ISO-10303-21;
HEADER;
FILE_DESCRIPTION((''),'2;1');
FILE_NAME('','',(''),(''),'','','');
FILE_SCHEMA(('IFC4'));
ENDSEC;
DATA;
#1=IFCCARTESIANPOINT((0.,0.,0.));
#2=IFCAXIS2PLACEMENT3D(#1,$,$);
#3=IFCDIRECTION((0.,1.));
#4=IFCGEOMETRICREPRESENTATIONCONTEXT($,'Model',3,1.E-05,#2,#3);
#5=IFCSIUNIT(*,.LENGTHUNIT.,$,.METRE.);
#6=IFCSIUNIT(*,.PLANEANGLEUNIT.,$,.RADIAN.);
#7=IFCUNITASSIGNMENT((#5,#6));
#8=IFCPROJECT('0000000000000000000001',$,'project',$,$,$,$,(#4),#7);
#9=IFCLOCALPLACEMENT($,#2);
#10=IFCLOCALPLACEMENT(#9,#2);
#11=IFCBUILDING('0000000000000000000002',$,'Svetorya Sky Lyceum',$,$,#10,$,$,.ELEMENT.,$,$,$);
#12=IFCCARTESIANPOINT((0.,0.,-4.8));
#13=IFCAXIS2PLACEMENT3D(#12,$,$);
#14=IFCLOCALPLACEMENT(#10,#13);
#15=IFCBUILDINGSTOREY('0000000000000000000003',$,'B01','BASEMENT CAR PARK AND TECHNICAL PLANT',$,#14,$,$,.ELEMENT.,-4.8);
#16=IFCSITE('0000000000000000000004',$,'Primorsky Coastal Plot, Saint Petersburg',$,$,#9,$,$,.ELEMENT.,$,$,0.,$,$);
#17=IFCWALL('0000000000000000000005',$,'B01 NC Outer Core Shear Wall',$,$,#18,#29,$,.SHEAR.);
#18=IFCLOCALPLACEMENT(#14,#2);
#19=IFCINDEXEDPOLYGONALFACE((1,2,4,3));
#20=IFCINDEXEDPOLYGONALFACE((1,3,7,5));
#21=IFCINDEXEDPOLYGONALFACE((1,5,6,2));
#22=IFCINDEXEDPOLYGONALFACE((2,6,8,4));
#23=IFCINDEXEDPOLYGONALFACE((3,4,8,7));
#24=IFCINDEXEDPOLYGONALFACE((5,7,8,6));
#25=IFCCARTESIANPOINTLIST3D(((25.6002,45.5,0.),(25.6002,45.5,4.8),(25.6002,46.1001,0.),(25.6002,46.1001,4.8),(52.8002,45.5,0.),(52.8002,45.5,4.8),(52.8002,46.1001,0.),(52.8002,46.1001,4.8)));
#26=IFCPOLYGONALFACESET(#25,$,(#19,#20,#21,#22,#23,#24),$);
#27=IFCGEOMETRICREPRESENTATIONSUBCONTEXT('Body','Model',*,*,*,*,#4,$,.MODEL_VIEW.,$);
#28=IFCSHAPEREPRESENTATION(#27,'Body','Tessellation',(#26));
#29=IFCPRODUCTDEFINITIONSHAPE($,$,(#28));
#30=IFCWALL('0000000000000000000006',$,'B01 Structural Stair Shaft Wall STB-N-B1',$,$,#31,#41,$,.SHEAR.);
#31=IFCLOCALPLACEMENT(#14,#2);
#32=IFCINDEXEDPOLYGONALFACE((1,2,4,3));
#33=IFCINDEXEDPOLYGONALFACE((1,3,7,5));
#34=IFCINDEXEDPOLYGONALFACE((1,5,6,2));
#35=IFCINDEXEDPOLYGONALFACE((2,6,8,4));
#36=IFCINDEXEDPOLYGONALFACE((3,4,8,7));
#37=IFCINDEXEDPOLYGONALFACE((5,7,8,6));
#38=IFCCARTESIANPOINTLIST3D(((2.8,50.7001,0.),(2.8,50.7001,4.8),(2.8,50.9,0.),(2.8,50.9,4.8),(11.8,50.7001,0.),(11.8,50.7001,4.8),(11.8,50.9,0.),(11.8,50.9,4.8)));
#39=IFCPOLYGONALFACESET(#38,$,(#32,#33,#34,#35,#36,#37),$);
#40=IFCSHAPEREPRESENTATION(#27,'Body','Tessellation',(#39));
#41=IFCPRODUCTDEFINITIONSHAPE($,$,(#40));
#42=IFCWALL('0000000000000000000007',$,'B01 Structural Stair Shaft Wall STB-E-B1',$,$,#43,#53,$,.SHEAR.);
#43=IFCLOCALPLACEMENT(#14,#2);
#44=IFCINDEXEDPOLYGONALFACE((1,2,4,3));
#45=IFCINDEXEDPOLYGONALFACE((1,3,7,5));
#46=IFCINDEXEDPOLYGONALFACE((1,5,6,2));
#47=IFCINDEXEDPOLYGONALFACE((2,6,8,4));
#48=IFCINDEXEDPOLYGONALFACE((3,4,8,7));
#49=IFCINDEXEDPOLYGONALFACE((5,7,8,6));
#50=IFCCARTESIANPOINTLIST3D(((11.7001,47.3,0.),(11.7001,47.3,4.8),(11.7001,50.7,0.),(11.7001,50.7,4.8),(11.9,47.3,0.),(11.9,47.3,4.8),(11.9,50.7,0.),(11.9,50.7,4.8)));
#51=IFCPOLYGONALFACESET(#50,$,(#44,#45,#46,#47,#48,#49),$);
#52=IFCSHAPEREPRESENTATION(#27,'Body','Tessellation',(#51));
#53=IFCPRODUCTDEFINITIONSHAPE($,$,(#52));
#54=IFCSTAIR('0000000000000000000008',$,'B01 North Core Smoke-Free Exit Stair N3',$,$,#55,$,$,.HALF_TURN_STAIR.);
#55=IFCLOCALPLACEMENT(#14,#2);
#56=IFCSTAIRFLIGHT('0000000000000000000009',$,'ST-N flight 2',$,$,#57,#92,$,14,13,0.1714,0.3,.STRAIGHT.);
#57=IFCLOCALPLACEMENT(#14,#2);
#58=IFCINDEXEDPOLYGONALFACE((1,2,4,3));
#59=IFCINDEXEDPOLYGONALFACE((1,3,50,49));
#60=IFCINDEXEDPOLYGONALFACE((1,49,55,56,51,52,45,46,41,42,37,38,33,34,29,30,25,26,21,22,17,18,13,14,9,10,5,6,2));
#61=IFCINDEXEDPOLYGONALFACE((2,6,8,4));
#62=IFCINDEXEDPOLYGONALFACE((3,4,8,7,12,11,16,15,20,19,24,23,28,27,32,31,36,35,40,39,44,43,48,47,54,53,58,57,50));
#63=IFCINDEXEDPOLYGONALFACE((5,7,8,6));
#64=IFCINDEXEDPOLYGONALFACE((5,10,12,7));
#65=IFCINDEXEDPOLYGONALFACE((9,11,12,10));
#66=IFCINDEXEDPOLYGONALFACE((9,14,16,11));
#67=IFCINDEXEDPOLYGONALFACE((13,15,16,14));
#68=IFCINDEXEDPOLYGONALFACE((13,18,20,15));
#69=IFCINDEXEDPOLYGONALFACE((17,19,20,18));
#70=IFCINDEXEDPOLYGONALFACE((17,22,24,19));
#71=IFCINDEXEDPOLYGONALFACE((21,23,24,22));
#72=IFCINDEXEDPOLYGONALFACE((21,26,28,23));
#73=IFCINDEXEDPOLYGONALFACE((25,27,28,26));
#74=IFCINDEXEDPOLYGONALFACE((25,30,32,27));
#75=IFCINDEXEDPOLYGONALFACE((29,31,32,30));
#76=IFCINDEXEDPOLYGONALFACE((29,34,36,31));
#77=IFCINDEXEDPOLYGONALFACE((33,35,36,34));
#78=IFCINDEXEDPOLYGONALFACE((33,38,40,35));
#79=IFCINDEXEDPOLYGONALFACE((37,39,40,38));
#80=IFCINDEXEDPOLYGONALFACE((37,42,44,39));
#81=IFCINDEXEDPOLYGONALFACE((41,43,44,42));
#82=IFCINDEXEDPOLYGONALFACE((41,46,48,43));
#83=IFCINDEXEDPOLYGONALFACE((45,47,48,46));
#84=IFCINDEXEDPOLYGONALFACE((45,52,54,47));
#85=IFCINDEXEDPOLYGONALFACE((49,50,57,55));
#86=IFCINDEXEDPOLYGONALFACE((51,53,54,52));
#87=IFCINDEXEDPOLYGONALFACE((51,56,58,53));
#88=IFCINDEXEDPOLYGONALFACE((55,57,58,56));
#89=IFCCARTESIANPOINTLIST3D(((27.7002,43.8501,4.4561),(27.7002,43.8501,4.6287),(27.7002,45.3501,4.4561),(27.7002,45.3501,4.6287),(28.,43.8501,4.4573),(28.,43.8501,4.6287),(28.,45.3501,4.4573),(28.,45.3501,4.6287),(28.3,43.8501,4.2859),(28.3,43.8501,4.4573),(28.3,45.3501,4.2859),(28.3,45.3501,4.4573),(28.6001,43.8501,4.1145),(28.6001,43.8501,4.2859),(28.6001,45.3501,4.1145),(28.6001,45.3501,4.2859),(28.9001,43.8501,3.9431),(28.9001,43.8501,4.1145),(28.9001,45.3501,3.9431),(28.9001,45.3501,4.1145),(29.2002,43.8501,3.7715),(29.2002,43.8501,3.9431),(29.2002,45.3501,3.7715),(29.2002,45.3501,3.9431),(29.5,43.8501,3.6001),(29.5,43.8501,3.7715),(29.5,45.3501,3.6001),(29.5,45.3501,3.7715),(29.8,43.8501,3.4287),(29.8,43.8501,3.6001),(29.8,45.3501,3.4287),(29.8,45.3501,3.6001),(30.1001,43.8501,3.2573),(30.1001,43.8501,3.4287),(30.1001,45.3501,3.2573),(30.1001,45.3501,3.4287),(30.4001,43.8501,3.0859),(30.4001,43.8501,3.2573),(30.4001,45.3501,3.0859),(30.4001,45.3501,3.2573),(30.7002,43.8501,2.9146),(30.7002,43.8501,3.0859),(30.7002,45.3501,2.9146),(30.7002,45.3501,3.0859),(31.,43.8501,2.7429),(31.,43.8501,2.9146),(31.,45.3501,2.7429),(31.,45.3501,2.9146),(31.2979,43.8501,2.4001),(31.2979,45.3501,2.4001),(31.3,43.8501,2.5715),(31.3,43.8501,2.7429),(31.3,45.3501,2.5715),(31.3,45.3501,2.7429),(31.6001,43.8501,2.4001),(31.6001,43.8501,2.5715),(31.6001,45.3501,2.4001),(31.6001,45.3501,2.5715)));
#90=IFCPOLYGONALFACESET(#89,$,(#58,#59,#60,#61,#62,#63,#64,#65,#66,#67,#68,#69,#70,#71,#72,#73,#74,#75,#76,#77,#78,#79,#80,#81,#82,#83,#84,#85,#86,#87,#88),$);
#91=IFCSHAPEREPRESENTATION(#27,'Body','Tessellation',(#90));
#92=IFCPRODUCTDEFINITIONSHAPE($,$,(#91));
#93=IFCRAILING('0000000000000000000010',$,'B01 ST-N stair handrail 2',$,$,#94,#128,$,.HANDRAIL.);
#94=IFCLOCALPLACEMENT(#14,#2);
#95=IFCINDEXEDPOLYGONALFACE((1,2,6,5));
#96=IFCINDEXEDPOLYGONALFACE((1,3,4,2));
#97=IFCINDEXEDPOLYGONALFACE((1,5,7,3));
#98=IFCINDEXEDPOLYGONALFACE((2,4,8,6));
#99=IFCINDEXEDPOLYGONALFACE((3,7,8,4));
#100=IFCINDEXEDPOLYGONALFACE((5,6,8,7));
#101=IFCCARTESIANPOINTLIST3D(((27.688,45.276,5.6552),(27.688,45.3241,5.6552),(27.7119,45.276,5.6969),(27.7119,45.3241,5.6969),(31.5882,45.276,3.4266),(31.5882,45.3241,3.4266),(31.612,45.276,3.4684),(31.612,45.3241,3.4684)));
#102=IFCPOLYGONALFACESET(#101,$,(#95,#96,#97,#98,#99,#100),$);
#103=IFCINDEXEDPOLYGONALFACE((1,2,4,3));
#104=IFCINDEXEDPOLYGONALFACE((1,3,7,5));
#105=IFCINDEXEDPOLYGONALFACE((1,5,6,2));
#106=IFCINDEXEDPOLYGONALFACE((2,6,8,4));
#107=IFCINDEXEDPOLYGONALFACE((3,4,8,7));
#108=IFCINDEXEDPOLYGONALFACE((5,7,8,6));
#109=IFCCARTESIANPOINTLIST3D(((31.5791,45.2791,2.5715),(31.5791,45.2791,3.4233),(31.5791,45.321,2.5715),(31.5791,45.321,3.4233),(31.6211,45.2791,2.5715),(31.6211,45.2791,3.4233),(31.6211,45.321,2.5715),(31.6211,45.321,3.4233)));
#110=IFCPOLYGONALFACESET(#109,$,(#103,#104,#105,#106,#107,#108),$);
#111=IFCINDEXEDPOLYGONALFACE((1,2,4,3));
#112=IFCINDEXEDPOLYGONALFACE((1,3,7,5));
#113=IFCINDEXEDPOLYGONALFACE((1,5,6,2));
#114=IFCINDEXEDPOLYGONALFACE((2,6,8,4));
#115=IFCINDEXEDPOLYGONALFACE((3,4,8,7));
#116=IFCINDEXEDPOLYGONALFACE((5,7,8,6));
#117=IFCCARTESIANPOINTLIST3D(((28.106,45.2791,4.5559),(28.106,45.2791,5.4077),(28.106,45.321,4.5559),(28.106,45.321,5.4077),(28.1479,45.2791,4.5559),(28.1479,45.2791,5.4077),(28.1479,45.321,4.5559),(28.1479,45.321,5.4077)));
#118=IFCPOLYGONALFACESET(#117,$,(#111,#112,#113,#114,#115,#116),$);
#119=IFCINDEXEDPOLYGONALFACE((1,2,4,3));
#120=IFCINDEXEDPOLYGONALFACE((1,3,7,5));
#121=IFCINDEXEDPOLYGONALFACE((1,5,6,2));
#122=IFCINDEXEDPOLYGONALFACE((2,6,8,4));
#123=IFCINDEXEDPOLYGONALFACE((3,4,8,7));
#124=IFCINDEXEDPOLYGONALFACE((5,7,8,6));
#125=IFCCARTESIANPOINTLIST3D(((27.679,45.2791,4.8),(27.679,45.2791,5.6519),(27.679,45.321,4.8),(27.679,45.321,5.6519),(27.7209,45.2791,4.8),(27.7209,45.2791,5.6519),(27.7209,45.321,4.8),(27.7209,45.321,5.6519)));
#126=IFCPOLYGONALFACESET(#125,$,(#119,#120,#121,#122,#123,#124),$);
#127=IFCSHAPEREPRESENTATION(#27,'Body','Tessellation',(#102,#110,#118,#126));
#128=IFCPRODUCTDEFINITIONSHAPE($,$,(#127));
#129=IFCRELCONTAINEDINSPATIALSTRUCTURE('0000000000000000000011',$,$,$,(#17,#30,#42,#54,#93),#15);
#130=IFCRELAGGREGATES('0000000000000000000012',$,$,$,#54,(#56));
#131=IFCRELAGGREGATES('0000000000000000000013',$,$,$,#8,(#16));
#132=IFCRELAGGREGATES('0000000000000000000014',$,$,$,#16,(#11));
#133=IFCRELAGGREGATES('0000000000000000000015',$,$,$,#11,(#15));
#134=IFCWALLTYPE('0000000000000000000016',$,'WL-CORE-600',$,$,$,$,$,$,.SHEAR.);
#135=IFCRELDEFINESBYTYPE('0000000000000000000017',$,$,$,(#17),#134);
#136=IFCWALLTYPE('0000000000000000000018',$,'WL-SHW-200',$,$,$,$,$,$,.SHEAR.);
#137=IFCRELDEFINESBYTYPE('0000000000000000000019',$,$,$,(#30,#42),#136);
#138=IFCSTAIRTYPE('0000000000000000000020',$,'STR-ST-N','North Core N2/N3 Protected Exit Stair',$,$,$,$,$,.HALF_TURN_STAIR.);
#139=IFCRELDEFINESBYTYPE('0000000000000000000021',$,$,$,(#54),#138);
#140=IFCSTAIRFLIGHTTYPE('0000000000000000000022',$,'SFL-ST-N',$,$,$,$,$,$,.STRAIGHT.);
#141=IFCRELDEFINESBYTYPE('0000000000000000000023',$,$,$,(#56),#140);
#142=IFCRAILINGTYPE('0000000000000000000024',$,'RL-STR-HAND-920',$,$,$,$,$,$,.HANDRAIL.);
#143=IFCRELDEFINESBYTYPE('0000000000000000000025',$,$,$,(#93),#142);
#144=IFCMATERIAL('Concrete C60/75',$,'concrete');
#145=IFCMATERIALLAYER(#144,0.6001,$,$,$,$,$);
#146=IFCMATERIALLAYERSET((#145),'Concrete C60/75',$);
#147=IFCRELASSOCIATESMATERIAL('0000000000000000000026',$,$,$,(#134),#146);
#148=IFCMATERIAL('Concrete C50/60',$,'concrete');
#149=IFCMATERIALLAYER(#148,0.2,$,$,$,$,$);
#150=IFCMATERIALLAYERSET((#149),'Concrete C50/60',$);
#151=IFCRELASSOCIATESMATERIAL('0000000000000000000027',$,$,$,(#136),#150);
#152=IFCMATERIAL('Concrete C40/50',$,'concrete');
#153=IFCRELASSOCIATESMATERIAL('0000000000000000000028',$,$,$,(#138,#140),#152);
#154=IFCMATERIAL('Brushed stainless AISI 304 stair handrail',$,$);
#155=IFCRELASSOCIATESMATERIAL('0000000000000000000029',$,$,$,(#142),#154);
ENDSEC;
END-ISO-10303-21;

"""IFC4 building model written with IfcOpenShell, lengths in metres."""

from ifc_helpers import new_model, si_unit, direction, frame, frame_2d, origin, origin_2d, place, context, subcontext, project, spatial, polyline, rectangle, outline, extrude, material, layer, layer_set, type_object, element, aggregate, save


model = new_model("IFC4")

# Units and contexts
model_context = context("Model", 3, precision=1e-05, world=origin(), true_north=direction((0.0, 1.0)))
body_context = subcontext(model_context, "Body", "Model", "MODEL_VIEW")
ifc_project = project(units=[si_unit("LENGTHUNIT", "METRE"), si_unit("PLANEANGLEUNIT", "RADIAN")], contexts=[model_context])

# Site, building, storey
site_placement = place(None, origin())
site = spatial("IfcSite", under=ifc_project, at=site_placement, Name="Primorsky Coastal Plot, Saint Petersburg", CompositionType="ELEMENT", RefElevation=0.0)
building_placement = place(site_placement, origin())
building = spatial("IfcBuilding", under=site, at=building_placement, Name="Svetorya Sky Lyceum", CompositionType="ELEMENT")
storey_placement = place(building_placement, frame((0.0, 0.0, -4.8)))
storey = spatial("IfcBuildingStorey", under=building, at=storey_placement, Name="B01", Description="BASEMENT CAR PARK AND TECHNICAL PLANT", CompositionType="ELEMENT", Elevation=-4.8)

# Shared definitions
ifc_material_1 = material(Name="Concrete C40/50", Category="concrete")

# Shared definitions
ifc_material_2 = material(Name="Concrete C60/75", Category="concrete")

# Shared definitions
ifc_material_3 = material(Name="Concrete C50/60", Category="concrete")

# Wall
ifc_layer_1 = layer(ifc_material_2, 0.6001)
ifc_layer_set_1 = layer_set([ifc_layer_1], Name="Concrete C60/75")
wall_type_1 = type_object("IfcWallType", Name="WL-CORE-600", PredefinedType="SHEAR", material=ifc_layer_set_1)
wall_1_placement = place(storey_placement, frame((25.6001, 45.8, 0.0), z_axis=(0.0, 0.0, 1.0), x_axis=(1.0, 0.0, 0.0)))
element("IfcWall", 1, at=wall_1_placement, inside=storey, type_object=wall_type_1, Name="B01 NC Outer Core Shear Wall", PredefinedType="SHEAR", context=body_context, shape_type="SweptSolid", body=[
    extrude(rectangle(XDim=27.2, YDim=0.6001, at=frame_2d((13.6001, 0.0))), origin(), (0.0, 0.0, 1.0), 4.8),
])

# Walls
ifc_layer_2 = layer(ifc_material_3, 0.2)
ifc_layer_set_2 = layer_set([ifc_layer_2], Name="Concrete C50/60")
wall_type_2 = type_object("IfcWallType", Name="WL-SHW-200", PredefinedType="SHEAR", material=ifc_layer_set_2)
wall_2_placement = place(storey_placement, frame((11.8, 50.8, 0.0), z_axis=(0.0, 0.0, 1.0), x_axis=(-1.0, 0.0, 0.0)))
element("IfcWall", 2, at=wall_2_placement, inside=storey, type_object=wall_type_2, Name="B01 Structural Stair Shaft Wall STB-N-B1", PredefinedType="SHEAR", context=body_context, shape_type="SweptSolid", body=[
    extrude(rectangle(XDim=9.0, YDim=0.2, at=frame_2d((4.5, 0.0))), origin(), (0.0, 0.0, 1.0), 4.8),
])
wall_3_placement = place(storey_placement, frame((11.8, 47.3, 0.0), z_axis=(0.0, 0.0, 1.0), x_axis=(0.0, 1.0, 0.0)))
element("IfcWall", 3, at=wall_3_placement, inside=storey, type_object=wall_type_2, Name="B01 Structural Stair Shaft Wall STB-E-B1", PredefinedType="SHEAR", context=body_context, shape_type="SweptSolid", body=[
    extrude(rectangle(XDim=3.3999, YDim=0.2, at=frame_2d((1.7, 0.0))), origin(), (0.0, 0.0, 1.0), 4.8),
])

# Stair, stair flight
stair_type = type_object("IfcStairType", Name="STR-ST-N", Description="North Core N2/N3 Protected Exit Stair", PredefinedType="HALF_TURN_STAIR", material=ifc_material_1)
stair_placement = place(storey_placement, origin())
stair = element("IfcStair", 4, at=stair_placement, inside=storey, type_object=stair_type, Name="B01 North Core Smoke-Free Exit Stair N3", PredefinedType="HALF_TURN_STAIR")
stair_flight_type = type_object("IfcStairFlightType", Name="SFL-ST-N", PredefinedType="STRAIGHT", material=ifc_material_1)
stair_flight_placement = place(storey_placement, frame((31.6001, 44.6001, 2.4001), z_axis=(0.0, 0.0, 1.0), x_axis=(-1.0, 0.0, 0.0)))
stair_flight = element("IfcStairFlight", 5, at=stair_flight_placement, type_object=stair_flight_type, Name="ST-N flight 2", NumberOfRisers=14, NumberOfTreads=13, PredefinedType="STRAIGHT", RiserHeight=0.1714, TreadLength=0.3, context=body_context, shape_type="SweptSolid", body=[
    extrude(outline(polyline([(0.0, 0.0), (0.0, 0.1714), (0.3, 0.1714), (0.3, 0.3428), (0.6001, 0.3428), (0.6001, 0.5144), (0.8999, 0.5144), (0.8999, 0.6858), (1.2, 0.6858), (1.2, 0.8572), (1.5, 0.8572), (1.5, 1.0286), (1.8, 1.0286), (1.8, 1.2), (2.1001, 1.2), (2.1001, 1.3713), (2.3999, 1.3713), (2.3999, 1.543), (2.7, 1.543), (2.7, 1.7144), (3.0, 1.7144), (3.0, 1.8857), (3.3, 1.8857), (3.3, 2.0571), (3.6001, 2.0571), (3.6001, 2.2285), (3.8999, 2.2285), (3.8999, 2.3999), (3.8999, 2.0559), (0.3022, 0.0), (0.0, 0.0)])), frame((0.0, 0.75, 0.0), z_axis=(0.0, -1.0, 0.0), x_axis=(1.0, 0.0, 0.0)), (0.0, 0.0, 1.0), 1.5),
])
aggregate(stair, [stair_flight])

# Railing
ifc_material_4 = material(Name="Brushed stainless AISI 304 stair handrail")
railing_type = type_object("IfcRailingType", Name="RL-STR-HAND-920", PredefinedType="HANDRAIL", material=ifc_material_4)
railing_placement = place(storey_placement, frame((31.6001, 45.3, 2.5715)))
element("IfcRailing", 6, at=railing_placement, inside=storey, type_object=railing_type, Name="B01 ST-N stair handrail 2", PredefinedType="HANDRAIL", context=body_context, shape_type="SweptSolid", body=[
    extrude(rectangle(XDim=0.0481, YDim=0.0481, at=origin_2d()), frame((0.0, 0.0, 0.876), z_axis=(-0.868257, 0.0, 0.496116), x_axis=(0.0, -1.0, 0.0)), (0.0, 0.0, 1.0), 4.4919),
    extrude(rectangle(XDim=0.042, YDim=0.042, at=origin_2d()), origin(), (0.0, 0.0, 1.0), 0.8518),
    extrude(rectangle(XDim=0.042, YDim=0.042, at=origin_2d()), frame((-3.4731, 0.0, 1.9844)), (0.0, 0.0, 1.0), 0.8518),
    extrude(rectangle(XDim=0.042, YDim=0.042, at=origin_2d()), frame((-3.9001, 0.0, 2.2285)), (0.0, 0.0, 1.0), 0.8518),
])

save(model, "model.ifc")
